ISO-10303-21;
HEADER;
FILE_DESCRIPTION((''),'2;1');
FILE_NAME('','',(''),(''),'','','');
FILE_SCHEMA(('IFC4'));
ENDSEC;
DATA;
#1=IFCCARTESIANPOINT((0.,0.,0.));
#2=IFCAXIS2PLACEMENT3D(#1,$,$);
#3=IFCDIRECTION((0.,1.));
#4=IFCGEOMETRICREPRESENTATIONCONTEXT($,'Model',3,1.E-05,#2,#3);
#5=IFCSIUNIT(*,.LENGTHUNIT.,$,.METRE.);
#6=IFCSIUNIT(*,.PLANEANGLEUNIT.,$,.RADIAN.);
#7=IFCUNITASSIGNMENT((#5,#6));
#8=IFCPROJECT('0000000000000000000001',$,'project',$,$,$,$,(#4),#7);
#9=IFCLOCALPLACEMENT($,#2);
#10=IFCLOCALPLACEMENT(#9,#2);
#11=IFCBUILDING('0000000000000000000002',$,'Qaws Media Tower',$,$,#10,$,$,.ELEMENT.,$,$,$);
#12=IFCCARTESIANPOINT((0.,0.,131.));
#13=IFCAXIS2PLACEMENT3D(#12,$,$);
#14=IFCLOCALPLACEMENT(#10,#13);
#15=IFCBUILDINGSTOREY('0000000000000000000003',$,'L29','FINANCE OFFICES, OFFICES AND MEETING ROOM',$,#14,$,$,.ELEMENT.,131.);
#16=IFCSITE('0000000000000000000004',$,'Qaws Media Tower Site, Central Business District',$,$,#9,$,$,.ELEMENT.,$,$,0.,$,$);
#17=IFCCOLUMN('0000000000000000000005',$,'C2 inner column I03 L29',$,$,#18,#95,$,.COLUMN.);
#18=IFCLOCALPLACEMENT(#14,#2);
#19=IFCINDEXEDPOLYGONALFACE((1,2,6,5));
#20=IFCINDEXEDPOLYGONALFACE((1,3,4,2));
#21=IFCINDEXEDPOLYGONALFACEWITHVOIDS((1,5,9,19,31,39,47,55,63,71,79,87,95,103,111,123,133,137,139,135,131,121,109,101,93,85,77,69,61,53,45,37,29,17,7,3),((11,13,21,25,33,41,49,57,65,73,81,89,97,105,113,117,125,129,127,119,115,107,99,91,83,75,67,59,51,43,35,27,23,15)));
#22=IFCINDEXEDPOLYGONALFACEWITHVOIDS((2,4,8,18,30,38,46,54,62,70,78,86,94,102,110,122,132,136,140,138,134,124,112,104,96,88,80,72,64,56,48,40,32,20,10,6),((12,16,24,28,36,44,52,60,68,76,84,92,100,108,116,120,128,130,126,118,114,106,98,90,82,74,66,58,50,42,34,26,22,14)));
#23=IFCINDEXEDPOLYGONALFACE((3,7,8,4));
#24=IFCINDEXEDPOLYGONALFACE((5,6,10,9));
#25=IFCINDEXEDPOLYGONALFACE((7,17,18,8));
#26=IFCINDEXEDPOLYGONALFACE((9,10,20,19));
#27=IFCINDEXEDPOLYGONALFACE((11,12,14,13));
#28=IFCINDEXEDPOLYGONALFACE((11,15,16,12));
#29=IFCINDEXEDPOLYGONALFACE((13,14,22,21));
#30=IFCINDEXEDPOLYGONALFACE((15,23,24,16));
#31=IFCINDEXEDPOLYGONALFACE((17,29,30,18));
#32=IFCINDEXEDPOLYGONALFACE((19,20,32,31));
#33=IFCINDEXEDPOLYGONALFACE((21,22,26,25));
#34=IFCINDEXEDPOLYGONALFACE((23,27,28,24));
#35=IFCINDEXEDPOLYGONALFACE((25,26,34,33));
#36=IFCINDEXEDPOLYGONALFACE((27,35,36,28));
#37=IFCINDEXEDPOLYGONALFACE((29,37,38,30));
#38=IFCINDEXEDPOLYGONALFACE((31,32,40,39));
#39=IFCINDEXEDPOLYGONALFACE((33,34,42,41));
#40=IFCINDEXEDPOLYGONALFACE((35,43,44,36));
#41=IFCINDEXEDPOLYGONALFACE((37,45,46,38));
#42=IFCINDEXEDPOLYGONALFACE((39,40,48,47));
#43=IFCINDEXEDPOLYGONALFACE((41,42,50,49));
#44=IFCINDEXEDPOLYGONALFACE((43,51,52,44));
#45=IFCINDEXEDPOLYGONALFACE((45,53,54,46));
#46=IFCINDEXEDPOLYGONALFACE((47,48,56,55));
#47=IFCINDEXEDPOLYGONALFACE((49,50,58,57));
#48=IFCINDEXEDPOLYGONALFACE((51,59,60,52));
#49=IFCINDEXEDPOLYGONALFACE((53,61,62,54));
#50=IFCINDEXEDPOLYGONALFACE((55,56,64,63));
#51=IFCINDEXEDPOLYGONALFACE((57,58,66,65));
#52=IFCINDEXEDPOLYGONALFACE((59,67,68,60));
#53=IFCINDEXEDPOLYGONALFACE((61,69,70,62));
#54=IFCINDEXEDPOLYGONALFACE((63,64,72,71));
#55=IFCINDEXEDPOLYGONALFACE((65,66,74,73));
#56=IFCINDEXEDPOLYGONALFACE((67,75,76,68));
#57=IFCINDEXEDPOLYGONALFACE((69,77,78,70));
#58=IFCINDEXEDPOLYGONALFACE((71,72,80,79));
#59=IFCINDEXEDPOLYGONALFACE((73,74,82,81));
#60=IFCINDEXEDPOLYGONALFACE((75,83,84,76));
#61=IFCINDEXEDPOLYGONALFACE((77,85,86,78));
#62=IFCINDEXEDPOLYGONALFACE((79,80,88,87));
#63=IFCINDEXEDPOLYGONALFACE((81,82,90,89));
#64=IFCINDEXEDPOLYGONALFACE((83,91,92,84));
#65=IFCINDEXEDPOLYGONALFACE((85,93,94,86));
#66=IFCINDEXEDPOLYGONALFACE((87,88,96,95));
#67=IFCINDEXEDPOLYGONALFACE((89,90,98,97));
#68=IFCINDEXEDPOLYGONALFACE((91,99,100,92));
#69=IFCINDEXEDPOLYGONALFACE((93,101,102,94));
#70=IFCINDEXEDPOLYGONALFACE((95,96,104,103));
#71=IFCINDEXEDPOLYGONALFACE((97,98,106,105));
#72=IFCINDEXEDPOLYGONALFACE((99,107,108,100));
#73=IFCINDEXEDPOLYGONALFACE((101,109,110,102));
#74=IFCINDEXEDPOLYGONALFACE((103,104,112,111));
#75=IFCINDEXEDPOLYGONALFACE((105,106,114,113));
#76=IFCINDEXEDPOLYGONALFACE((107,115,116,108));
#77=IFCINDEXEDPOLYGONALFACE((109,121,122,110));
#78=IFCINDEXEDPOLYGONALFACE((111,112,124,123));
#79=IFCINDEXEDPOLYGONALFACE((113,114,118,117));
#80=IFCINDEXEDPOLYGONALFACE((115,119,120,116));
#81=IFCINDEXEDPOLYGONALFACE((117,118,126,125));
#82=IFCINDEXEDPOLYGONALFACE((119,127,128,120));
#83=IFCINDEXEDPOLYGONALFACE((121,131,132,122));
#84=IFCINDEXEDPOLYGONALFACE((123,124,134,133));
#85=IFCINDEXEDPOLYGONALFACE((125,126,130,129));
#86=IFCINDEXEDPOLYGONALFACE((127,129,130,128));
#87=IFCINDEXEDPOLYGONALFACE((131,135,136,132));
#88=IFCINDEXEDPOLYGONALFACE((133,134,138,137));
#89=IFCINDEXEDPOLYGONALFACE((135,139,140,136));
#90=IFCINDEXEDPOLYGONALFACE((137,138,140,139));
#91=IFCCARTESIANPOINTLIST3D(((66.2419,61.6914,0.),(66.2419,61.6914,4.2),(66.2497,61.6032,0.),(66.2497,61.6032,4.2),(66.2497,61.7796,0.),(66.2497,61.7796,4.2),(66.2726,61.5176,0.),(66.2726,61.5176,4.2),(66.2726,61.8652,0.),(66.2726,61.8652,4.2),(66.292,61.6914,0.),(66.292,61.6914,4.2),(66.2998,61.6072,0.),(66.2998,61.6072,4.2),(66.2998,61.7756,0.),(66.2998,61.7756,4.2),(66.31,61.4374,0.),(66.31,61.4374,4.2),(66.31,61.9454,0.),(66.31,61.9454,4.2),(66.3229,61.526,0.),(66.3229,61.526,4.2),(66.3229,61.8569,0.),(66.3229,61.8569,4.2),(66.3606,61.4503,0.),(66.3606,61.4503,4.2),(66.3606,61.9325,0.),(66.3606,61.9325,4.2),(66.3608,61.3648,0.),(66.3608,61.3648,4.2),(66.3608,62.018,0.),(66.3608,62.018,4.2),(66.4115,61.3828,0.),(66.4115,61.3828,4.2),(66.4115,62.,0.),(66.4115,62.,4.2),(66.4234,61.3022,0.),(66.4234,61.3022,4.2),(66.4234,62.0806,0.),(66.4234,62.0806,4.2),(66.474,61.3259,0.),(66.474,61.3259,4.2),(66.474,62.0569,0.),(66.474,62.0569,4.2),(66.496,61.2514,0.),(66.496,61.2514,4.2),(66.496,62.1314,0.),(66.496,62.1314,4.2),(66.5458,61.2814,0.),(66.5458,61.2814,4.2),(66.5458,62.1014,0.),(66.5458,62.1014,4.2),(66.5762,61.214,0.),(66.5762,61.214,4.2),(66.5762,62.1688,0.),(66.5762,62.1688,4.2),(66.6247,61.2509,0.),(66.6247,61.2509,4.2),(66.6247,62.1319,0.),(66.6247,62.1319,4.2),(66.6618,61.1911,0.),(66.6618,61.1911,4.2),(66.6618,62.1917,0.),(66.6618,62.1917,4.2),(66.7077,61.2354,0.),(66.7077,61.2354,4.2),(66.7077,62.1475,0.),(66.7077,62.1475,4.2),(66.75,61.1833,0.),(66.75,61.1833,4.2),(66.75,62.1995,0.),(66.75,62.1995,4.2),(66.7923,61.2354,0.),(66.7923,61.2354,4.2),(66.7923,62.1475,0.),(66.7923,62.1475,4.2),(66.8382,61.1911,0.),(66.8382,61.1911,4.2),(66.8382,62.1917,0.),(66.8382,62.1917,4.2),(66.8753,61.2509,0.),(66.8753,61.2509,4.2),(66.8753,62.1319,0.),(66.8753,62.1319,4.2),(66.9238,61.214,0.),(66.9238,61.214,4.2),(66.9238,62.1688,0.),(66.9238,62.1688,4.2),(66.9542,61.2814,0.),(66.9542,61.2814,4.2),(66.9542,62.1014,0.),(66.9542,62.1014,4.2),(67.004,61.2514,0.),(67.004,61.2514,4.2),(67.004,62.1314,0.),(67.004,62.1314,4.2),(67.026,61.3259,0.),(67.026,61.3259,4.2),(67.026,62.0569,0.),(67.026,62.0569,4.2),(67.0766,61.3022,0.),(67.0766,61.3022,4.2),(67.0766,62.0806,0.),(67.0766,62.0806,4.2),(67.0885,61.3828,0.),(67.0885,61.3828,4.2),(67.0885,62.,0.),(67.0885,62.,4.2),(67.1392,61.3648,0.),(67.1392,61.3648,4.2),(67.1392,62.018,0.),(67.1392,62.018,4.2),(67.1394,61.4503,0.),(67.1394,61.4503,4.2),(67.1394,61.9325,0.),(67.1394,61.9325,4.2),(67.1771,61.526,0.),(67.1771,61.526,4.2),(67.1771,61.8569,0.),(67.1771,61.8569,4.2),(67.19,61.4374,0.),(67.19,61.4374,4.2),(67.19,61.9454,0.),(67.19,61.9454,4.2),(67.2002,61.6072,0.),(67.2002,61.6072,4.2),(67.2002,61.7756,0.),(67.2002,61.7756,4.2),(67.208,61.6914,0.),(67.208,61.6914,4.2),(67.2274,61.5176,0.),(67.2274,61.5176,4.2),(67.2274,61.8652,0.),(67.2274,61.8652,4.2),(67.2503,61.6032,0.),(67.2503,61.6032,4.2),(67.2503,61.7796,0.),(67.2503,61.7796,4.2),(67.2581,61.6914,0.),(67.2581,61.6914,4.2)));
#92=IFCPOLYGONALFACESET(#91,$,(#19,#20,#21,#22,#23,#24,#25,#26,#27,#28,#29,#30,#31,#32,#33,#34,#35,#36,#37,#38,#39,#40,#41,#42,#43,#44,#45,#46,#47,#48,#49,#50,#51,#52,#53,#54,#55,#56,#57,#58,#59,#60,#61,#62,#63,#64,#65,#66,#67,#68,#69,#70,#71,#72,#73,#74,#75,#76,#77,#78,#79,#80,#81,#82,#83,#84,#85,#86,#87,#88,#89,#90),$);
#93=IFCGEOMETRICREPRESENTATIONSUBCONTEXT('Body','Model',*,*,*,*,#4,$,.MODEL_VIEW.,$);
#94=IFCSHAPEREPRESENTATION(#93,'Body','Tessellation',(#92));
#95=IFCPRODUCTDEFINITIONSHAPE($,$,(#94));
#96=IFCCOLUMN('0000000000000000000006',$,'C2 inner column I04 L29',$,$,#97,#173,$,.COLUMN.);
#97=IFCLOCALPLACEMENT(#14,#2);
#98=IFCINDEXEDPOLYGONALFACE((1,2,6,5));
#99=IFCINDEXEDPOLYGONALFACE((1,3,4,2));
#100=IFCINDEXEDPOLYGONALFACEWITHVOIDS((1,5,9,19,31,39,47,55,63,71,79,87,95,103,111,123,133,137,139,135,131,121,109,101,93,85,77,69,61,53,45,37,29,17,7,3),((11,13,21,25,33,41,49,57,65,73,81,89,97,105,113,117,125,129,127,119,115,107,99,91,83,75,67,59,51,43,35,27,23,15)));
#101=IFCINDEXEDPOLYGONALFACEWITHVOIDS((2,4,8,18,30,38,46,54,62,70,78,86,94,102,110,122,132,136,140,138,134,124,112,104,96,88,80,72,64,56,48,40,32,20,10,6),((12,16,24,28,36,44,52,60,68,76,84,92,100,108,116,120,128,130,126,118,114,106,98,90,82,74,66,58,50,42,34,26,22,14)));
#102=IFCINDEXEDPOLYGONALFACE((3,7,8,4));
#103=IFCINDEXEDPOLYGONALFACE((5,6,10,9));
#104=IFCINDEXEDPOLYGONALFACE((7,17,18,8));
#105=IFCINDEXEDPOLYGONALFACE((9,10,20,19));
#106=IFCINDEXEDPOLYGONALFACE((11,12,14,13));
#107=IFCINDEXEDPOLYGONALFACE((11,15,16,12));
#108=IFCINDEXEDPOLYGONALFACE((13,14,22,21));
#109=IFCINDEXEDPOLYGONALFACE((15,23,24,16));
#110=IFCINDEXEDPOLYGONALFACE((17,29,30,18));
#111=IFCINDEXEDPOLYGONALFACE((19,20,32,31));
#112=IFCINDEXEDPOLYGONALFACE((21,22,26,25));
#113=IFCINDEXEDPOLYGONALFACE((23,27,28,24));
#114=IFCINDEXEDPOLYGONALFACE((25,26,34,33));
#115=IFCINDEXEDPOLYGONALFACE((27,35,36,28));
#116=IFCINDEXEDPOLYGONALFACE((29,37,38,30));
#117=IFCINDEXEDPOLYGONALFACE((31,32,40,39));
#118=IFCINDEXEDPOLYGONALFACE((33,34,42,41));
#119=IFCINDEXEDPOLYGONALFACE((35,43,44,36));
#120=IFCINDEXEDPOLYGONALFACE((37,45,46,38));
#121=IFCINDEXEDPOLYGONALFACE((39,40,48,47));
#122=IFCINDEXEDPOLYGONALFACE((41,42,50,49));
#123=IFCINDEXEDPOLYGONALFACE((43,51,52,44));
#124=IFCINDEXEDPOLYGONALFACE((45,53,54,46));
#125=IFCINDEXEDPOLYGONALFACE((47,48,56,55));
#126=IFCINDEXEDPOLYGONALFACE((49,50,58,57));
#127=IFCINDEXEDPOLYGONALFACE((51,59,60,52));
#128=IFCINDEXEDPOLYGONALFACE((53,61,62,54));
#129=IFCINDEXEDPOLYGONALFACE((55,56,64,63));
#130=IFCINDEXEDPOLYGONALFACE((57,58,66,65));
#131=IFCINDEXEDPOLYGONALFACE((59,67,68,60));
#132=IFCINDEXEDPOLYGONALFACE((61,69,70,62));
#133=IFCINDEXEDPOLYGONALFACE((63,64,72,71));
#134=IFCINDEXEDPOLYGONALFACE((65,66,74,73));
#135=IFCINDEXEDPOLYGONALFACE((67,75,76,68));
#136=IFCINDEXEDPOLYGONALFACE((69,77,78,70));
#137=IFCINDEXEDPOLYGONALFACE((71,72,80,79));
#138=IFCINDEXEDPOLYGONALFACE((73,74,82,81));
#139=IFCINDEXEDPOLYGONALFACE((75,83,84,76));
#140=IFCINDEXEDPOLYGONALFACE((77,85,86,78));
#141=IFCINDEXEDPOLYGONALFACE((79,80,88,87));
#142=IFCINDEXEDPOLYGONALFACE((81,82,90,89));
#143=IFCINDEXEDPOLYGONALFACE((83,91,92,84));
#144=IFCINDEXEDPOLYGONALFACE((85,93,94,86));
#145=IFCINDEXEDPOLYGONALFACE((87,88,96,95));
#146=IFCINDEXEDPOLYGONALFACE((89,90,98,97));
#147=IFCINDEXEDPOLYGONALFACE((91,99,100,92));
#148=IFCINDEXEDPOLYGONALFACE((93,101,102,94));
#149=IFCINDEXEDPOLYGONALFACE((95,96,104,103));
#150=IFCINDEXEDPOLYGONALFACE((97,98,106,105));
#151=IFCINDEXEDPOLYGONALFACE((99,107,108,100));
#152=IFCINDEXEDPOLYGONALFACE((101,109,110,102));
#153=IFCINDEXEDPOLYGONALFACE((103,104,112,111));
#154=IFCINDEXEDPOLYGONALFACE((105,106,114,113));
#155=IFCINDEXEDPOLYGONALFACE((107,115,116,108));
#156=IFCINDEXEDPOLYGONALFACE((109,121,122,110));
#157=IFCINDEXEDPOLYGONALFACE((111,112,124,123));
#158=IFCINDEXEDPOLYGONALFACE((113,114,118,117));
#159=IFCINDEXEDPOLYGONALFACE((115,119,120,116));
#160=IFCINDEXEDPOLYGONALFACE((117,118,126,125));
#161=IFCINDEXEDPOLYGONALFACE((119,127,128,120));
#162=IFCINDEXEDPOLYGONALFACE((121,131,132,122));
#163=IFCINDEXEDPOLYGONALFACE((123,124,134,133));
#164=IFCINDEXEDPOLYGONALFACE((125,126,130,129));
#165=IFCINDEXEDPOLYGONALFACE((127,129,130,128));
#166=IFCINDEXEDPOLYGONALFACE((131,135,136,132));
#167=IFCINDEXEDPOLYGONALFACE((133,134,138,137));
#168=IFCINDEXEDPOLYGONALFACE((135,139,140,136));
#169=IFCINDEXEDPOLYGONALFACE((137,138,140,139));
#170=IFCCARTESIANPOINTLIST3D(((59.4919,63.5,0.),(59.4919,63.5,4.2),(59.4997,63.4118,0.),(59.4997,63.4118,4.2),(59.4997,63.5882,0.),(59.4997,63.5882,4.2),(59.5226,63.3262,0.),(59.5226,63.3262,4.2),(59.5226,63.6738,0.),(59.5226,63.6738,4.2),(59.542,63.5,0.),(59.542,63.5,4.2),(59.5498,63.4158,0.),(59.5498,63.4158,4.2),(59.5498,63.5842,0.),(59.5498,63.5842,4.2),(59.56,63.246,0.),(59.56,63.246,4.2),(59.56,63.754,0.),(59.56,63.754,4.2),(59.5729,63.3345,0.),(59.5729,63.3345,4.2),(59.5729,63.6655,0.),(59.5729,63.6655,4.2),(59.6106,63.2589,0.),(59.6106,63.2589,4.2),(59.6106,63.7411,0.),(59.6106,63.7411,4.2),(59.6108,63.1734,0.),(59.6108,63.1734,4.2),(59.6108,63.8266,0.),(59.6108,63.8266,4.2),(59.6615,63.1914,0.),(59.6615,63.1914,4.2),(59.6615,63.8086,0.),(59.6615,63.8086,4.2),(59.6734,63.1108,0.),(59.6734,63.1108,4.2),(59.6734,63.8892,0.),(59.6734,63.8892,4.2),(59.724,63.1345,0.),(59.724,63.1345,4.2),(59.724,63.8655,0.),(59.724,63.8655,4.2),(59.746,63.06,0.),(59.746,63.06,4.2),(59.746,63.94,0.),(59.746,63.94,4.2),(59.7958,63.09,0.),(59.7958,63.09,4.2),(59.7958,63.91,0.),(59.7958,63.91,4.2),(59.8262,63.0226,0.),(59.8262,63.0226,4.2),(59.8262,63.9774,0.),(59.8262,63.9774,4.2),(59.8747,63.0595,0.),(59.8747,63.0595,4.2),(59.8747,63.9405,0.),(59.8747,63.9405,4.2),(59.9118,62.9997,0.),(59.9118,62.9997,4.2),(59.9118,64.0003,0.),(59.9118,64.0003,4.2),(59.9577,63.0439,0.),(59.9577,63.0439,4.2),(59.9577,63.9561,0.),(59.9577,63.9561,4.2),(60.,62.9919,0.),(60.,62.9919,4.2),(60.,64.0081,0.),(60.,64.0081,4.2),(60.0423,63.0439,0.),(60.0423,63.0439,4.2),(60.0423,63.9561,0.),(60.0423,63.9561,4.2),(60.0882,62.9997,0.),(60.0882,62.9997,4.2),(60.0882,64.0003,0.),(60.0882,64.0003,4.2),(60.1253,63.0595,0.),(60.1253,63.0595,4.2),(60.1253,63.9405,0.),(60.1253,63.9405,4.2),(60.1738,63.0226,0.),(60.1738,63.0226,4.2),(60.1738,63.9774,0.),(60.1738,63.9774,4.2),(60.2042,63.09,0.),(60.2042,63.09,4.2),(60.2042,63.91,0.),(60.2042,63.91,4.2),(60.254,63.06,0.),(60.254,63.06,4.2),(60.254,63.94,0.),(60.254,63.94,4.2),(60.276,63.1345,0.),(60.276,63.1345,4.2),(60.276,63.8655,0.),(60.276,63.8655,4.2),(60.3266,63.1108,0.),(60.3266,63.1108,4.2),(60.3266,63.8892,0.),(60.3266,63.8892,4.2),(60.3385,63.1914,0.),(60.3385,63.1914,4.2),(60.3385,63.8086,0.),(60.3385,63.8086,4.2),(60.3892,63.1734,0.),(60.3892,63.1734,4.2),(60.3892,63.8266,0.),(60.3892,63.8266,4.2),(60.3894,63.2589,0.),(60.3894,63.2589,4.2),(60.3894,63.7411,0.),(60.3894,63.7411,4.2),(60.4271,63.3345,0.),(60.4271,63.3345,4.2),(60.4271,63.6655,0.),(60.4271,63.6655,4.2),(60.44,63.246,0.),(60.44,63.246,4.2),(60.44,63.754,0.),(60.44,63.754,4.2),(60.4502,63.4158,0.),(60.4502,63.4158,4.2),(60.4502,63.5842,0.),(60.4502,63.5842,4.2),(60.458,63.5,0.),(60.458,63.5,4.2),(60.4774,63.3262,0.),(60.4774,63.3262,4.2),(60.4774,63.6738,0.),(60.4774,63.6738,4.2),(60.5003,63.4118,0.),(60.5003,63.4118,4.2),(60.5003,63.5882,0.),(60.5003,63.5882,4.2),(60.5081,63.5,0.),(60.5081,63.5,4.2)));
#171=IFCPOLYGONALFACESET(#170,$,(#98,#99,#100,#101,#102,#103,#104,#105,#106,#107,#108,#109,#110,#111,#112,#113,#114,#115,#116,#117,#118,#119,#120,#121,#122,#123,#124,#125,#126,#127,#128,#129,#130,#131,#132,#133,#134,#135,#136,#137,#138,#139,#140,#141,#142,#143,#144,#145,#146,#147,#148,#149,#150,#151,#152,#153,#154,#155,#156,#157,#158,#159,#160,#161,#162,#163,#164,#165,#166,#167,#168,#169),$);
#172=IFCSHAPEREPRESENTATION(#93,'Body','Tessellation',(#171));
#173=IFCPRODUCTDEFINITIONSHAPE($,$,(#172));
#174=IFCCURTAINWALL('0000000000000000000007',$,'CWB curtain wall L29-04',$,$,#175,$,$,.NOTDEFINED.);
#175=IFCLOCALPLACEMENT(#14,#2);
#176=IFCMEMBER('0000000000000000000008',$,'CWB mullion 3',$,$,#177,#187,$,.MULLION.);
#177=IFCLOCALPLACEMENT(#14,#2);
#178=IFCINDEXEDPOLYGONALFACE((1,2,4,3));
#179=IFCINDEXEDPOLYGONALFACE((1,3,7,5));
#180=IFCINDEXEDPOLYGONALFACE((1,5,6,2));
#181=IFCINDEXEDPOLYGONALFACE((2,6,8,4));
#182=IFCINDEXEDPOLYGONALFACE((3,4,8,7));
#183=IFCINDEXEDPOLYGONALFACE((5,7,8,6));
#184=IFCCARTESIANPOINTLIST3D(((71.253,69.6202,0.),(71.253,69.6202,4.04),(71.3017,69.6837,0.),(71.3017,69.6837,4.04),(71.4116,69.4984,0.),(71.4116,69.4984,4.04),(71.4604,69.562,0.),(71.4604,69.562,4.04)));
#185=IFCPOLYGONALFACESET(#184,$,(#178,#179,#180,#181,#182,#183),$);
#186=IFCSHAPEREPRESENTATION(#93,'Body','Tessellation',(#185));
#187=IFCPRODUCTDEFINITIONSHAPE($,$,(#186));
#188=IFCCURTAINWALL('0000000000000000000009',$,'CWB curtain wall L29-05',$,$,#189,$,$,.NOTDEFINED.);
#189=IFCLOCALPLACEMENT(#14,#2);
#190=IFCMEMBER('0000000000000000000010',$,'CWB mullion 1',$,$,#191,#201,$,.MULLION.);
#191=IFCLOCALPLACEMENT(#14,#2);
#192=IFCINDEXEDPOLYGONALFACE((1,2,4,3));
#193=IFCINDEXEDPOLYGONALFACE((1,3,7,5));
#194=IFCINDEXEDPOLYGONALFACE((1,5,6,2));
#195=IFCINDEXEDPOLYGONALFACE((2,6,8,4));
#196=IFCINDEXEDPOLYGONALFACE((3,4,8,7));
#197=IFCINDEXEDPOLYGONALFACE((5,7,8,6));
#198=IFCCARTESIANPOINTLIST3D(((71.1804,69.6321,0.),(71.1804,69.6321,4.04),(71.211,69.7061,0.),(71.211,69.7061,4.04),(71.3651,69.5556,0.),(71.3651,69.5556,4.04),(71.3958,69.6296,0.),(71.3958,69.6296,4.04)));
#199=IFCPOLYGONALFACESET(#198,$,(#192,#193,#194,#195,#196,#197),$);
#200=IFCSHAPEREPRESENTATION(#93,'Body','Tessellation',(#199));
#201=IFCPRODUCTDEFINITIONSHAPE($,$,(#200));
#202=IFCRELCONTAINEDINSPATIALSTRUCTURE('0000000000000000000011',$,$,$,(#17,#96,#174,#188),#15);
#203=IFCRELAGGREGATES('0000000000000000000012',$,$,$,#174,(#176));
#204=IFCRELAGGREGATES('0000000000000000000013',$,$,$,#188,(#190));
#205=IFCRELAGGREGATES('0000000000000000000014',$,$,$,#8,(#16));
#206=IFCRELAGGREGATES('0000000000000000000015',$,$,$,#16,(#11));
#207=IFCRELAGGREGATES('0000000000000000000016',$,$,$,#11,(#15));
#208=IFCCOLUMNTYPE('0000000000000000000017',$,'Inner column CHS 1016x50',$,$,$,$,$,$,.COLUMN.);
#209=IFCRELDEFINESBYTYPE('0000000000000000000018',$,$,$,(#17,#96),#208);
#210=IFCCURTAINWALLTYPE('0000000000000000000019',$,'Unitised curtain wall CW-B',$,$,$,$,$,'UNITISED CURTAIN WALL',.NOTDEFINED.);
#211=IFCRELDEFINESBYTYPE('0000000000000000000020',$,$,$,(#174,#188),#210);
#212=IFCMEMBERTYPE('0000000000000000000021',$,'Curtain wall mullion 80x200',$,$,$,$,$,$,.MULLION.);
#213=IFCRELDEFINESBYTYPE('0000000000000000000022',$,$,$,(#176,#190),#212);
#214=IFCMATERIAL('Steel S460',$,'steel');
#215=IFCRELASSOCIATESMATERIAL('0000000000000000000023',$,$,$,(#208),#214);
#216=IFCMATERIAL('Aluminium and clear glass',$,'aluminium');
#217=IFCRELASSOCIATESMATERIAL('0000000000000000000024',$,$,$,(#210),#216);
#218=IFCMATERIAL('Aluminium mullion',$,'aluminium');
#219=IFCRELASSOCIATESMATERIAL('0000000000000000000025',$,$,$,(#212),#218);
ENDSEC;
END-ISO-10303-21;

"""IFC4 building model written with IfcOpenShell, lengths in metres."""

from ifc_helpers import new_model, si_unit, direction, frame, origin, origin_2d, place, context, subcontext, project, spatial, rectangle, hollow_circle, extrude, material, material_profile, profile_set, type_object, element, aggregate, save


model = new_model("IFC4")

# Units and contexts
model_context = context("Model", 3, precision=1e-05, world=origin(), true_north=direction((0.0, 1.0)))
body_context = subcontext(model_context, "Body", "Model", "MODEL_VIEW")
ifc_project = project(units=[si_unit("LENGTHUNIT", "METRE"), si_unit("PLANEANGLEUNIT", "RADIAN")], contexts=[model_context])

# Site, building, storey
site_placement = place(None, origin())
site = spatial("IfcSite", under=ifc_project, at=site_placement, Name="Qaws Media Tower Site, Central Business District", CompositionType="ELEMENT", RefElevation=0.0)
building_placement = place(site_placement, origin())
building = spatial("IfcBuilding", under=site, at=building_placement, Name="Qaws Media Tower", CompositionType="ELEMENT")
storey_placement = place(building_placement, frame((0.0, 0.0, 131.0)))
storey = spatial("IfcBuildingStorey", under=building, at=storey_placement, Name="L29", Description="FINANCE OFFICES, OFFICES AND MEETING ROOM", CompositionType="ELEMENT", Elevation=131.0)

# Columns
ifc_material_1 = material(Name="Steel S460", Category="steel")
ifc_material_profile_1 = material_profile(ifc_material_1, hollow_circle(Radius=0.5081, WallThickness=0.05, at=origin_2d()), Name="CHS 1016x50")
ifc_profile_set_1 = profile_set([ifc_material_profile_1], Name="Steel S460")
column_type = type_object("IfcColumnType", Name="Inner column CHS 1016x50", PredefinedType="COLUMN", material=ifc_profile_set_1)
for number, where, z_axis, x_axis, name in (
    (1, (66.75, 61.6914, 0.0), (0.0, 0.0, 1.0), (1.0, 0.0, 0.0), "C2 inner column I03 L29"),
    (2, (60.0, 63.5, 0.0), (0.0, 0.0, 1.0), (1.0, 0.0, 0.0), "C2 inner column I04 L29"),
):
    element("IfcColumn", number, at=place(storey_placement, frame(where, z_axis=z_axis, x_axis=x_axis)), inside=storey, type_object=column_type, Name=name, PredefinedType="COLUMN", context=body_context, shape_type="SweptSolid", body=[
        extrude(hollow_circle(Radius=0.5081, WallThickness=0.05, at=origin_2d()), origin(), (0.0, 0.0, 1.0), 4.2),
    ])

# Curtain wall, member
ifc_material_2 = material(Name="Aluminium and clear glass", Category="aluminium")
curtain_wall_type = type_object("IfcCurtainWallType", Name="Unitised curtain wall CW-B", ElementType="UNITISED CURTAIN WALL", PredefinedType="NOTDEFINED", material=ifc_material_2)
curtain_wall_1_placement = place(storey_placement, origin())
curtain_wall_1 = element("IfcCurtainWall", 3, at=curtain_wall_1_placement, inside=storey, type_object=curtain_wall_type, Name="CWB curtain wall L29-04", PredefinedType="NOTDEFINED")
ifc_material_3 = material(Name="Aluminium mullion", Category="aluminium")
ifc_material_profile_2 = material_profile(ifc_material_3, rectangle(XDim=0.0801, YDim=0.2, at=origin_2d()), Name="80x200")
ifc_profile_set_2 = profile_set([ifc_material_profile_2], Name="Aluminium mullion")
member_type_1 = type_object("IfcMemberType", Name="Curtain wall mullion 80x200", PredefinedType="MULLION", material=ifc_profile_set_2)
member_1_placement = place(storey_placement, frame((71.3567, 69.5911, 0.0), z_axis=(0.0, 0.0, 1.0), x_axis=(-0.608761, -0.793353, 0.0)))
member_1 = element("IfcMember", 4, at=member_1_placement, type_object=member_type_1, Name="CWB mullion 3", PredefinedType="MULLION", context=body_context, shape_type="SweptSolid", body=[
    extrude(rectangle(XDim=0.0801, YDim=0.2, at=origin_2d()), origin(), (0.0, 0.0, 1.0), 4.04),
])
aggregate(curtain_wall_1, [member_1])

# Curtain wall, member
curtain_wall_2_placement = place(storey_placement, origin())
curtain_wall_2 = element("IfcCurtainWall", 5, at=curtain_wall_2_placement, inside=storey, type_object=curtain_wall_type, Name="CWB curtain wall L29-05", PredefinedType="NOTDEFINED")
member_2_placement = place(storey_placement, frame((71.2881, 69.6309, 0.0), z_axis=(0.0, 0.0, 1.0), x_axis=(-0.382683, -0.92388, 0.0)))
member_2 = element("IfcMember", 6, at=member_2_placement, type_object=member_type_1, Name="CWB mullion 1", PredefinedType="MULLION", context=body_context, shape_type="SweptSolid", body=[
    extrude(rectangle(XDim=0.0801, YDim=0.2, at=origin_2d()), origin(), (0.0, 0.0, 1.0), 4.04),
])
aggregate(curtain_wall_2, [member_2])

save(model, "model.ifc")
